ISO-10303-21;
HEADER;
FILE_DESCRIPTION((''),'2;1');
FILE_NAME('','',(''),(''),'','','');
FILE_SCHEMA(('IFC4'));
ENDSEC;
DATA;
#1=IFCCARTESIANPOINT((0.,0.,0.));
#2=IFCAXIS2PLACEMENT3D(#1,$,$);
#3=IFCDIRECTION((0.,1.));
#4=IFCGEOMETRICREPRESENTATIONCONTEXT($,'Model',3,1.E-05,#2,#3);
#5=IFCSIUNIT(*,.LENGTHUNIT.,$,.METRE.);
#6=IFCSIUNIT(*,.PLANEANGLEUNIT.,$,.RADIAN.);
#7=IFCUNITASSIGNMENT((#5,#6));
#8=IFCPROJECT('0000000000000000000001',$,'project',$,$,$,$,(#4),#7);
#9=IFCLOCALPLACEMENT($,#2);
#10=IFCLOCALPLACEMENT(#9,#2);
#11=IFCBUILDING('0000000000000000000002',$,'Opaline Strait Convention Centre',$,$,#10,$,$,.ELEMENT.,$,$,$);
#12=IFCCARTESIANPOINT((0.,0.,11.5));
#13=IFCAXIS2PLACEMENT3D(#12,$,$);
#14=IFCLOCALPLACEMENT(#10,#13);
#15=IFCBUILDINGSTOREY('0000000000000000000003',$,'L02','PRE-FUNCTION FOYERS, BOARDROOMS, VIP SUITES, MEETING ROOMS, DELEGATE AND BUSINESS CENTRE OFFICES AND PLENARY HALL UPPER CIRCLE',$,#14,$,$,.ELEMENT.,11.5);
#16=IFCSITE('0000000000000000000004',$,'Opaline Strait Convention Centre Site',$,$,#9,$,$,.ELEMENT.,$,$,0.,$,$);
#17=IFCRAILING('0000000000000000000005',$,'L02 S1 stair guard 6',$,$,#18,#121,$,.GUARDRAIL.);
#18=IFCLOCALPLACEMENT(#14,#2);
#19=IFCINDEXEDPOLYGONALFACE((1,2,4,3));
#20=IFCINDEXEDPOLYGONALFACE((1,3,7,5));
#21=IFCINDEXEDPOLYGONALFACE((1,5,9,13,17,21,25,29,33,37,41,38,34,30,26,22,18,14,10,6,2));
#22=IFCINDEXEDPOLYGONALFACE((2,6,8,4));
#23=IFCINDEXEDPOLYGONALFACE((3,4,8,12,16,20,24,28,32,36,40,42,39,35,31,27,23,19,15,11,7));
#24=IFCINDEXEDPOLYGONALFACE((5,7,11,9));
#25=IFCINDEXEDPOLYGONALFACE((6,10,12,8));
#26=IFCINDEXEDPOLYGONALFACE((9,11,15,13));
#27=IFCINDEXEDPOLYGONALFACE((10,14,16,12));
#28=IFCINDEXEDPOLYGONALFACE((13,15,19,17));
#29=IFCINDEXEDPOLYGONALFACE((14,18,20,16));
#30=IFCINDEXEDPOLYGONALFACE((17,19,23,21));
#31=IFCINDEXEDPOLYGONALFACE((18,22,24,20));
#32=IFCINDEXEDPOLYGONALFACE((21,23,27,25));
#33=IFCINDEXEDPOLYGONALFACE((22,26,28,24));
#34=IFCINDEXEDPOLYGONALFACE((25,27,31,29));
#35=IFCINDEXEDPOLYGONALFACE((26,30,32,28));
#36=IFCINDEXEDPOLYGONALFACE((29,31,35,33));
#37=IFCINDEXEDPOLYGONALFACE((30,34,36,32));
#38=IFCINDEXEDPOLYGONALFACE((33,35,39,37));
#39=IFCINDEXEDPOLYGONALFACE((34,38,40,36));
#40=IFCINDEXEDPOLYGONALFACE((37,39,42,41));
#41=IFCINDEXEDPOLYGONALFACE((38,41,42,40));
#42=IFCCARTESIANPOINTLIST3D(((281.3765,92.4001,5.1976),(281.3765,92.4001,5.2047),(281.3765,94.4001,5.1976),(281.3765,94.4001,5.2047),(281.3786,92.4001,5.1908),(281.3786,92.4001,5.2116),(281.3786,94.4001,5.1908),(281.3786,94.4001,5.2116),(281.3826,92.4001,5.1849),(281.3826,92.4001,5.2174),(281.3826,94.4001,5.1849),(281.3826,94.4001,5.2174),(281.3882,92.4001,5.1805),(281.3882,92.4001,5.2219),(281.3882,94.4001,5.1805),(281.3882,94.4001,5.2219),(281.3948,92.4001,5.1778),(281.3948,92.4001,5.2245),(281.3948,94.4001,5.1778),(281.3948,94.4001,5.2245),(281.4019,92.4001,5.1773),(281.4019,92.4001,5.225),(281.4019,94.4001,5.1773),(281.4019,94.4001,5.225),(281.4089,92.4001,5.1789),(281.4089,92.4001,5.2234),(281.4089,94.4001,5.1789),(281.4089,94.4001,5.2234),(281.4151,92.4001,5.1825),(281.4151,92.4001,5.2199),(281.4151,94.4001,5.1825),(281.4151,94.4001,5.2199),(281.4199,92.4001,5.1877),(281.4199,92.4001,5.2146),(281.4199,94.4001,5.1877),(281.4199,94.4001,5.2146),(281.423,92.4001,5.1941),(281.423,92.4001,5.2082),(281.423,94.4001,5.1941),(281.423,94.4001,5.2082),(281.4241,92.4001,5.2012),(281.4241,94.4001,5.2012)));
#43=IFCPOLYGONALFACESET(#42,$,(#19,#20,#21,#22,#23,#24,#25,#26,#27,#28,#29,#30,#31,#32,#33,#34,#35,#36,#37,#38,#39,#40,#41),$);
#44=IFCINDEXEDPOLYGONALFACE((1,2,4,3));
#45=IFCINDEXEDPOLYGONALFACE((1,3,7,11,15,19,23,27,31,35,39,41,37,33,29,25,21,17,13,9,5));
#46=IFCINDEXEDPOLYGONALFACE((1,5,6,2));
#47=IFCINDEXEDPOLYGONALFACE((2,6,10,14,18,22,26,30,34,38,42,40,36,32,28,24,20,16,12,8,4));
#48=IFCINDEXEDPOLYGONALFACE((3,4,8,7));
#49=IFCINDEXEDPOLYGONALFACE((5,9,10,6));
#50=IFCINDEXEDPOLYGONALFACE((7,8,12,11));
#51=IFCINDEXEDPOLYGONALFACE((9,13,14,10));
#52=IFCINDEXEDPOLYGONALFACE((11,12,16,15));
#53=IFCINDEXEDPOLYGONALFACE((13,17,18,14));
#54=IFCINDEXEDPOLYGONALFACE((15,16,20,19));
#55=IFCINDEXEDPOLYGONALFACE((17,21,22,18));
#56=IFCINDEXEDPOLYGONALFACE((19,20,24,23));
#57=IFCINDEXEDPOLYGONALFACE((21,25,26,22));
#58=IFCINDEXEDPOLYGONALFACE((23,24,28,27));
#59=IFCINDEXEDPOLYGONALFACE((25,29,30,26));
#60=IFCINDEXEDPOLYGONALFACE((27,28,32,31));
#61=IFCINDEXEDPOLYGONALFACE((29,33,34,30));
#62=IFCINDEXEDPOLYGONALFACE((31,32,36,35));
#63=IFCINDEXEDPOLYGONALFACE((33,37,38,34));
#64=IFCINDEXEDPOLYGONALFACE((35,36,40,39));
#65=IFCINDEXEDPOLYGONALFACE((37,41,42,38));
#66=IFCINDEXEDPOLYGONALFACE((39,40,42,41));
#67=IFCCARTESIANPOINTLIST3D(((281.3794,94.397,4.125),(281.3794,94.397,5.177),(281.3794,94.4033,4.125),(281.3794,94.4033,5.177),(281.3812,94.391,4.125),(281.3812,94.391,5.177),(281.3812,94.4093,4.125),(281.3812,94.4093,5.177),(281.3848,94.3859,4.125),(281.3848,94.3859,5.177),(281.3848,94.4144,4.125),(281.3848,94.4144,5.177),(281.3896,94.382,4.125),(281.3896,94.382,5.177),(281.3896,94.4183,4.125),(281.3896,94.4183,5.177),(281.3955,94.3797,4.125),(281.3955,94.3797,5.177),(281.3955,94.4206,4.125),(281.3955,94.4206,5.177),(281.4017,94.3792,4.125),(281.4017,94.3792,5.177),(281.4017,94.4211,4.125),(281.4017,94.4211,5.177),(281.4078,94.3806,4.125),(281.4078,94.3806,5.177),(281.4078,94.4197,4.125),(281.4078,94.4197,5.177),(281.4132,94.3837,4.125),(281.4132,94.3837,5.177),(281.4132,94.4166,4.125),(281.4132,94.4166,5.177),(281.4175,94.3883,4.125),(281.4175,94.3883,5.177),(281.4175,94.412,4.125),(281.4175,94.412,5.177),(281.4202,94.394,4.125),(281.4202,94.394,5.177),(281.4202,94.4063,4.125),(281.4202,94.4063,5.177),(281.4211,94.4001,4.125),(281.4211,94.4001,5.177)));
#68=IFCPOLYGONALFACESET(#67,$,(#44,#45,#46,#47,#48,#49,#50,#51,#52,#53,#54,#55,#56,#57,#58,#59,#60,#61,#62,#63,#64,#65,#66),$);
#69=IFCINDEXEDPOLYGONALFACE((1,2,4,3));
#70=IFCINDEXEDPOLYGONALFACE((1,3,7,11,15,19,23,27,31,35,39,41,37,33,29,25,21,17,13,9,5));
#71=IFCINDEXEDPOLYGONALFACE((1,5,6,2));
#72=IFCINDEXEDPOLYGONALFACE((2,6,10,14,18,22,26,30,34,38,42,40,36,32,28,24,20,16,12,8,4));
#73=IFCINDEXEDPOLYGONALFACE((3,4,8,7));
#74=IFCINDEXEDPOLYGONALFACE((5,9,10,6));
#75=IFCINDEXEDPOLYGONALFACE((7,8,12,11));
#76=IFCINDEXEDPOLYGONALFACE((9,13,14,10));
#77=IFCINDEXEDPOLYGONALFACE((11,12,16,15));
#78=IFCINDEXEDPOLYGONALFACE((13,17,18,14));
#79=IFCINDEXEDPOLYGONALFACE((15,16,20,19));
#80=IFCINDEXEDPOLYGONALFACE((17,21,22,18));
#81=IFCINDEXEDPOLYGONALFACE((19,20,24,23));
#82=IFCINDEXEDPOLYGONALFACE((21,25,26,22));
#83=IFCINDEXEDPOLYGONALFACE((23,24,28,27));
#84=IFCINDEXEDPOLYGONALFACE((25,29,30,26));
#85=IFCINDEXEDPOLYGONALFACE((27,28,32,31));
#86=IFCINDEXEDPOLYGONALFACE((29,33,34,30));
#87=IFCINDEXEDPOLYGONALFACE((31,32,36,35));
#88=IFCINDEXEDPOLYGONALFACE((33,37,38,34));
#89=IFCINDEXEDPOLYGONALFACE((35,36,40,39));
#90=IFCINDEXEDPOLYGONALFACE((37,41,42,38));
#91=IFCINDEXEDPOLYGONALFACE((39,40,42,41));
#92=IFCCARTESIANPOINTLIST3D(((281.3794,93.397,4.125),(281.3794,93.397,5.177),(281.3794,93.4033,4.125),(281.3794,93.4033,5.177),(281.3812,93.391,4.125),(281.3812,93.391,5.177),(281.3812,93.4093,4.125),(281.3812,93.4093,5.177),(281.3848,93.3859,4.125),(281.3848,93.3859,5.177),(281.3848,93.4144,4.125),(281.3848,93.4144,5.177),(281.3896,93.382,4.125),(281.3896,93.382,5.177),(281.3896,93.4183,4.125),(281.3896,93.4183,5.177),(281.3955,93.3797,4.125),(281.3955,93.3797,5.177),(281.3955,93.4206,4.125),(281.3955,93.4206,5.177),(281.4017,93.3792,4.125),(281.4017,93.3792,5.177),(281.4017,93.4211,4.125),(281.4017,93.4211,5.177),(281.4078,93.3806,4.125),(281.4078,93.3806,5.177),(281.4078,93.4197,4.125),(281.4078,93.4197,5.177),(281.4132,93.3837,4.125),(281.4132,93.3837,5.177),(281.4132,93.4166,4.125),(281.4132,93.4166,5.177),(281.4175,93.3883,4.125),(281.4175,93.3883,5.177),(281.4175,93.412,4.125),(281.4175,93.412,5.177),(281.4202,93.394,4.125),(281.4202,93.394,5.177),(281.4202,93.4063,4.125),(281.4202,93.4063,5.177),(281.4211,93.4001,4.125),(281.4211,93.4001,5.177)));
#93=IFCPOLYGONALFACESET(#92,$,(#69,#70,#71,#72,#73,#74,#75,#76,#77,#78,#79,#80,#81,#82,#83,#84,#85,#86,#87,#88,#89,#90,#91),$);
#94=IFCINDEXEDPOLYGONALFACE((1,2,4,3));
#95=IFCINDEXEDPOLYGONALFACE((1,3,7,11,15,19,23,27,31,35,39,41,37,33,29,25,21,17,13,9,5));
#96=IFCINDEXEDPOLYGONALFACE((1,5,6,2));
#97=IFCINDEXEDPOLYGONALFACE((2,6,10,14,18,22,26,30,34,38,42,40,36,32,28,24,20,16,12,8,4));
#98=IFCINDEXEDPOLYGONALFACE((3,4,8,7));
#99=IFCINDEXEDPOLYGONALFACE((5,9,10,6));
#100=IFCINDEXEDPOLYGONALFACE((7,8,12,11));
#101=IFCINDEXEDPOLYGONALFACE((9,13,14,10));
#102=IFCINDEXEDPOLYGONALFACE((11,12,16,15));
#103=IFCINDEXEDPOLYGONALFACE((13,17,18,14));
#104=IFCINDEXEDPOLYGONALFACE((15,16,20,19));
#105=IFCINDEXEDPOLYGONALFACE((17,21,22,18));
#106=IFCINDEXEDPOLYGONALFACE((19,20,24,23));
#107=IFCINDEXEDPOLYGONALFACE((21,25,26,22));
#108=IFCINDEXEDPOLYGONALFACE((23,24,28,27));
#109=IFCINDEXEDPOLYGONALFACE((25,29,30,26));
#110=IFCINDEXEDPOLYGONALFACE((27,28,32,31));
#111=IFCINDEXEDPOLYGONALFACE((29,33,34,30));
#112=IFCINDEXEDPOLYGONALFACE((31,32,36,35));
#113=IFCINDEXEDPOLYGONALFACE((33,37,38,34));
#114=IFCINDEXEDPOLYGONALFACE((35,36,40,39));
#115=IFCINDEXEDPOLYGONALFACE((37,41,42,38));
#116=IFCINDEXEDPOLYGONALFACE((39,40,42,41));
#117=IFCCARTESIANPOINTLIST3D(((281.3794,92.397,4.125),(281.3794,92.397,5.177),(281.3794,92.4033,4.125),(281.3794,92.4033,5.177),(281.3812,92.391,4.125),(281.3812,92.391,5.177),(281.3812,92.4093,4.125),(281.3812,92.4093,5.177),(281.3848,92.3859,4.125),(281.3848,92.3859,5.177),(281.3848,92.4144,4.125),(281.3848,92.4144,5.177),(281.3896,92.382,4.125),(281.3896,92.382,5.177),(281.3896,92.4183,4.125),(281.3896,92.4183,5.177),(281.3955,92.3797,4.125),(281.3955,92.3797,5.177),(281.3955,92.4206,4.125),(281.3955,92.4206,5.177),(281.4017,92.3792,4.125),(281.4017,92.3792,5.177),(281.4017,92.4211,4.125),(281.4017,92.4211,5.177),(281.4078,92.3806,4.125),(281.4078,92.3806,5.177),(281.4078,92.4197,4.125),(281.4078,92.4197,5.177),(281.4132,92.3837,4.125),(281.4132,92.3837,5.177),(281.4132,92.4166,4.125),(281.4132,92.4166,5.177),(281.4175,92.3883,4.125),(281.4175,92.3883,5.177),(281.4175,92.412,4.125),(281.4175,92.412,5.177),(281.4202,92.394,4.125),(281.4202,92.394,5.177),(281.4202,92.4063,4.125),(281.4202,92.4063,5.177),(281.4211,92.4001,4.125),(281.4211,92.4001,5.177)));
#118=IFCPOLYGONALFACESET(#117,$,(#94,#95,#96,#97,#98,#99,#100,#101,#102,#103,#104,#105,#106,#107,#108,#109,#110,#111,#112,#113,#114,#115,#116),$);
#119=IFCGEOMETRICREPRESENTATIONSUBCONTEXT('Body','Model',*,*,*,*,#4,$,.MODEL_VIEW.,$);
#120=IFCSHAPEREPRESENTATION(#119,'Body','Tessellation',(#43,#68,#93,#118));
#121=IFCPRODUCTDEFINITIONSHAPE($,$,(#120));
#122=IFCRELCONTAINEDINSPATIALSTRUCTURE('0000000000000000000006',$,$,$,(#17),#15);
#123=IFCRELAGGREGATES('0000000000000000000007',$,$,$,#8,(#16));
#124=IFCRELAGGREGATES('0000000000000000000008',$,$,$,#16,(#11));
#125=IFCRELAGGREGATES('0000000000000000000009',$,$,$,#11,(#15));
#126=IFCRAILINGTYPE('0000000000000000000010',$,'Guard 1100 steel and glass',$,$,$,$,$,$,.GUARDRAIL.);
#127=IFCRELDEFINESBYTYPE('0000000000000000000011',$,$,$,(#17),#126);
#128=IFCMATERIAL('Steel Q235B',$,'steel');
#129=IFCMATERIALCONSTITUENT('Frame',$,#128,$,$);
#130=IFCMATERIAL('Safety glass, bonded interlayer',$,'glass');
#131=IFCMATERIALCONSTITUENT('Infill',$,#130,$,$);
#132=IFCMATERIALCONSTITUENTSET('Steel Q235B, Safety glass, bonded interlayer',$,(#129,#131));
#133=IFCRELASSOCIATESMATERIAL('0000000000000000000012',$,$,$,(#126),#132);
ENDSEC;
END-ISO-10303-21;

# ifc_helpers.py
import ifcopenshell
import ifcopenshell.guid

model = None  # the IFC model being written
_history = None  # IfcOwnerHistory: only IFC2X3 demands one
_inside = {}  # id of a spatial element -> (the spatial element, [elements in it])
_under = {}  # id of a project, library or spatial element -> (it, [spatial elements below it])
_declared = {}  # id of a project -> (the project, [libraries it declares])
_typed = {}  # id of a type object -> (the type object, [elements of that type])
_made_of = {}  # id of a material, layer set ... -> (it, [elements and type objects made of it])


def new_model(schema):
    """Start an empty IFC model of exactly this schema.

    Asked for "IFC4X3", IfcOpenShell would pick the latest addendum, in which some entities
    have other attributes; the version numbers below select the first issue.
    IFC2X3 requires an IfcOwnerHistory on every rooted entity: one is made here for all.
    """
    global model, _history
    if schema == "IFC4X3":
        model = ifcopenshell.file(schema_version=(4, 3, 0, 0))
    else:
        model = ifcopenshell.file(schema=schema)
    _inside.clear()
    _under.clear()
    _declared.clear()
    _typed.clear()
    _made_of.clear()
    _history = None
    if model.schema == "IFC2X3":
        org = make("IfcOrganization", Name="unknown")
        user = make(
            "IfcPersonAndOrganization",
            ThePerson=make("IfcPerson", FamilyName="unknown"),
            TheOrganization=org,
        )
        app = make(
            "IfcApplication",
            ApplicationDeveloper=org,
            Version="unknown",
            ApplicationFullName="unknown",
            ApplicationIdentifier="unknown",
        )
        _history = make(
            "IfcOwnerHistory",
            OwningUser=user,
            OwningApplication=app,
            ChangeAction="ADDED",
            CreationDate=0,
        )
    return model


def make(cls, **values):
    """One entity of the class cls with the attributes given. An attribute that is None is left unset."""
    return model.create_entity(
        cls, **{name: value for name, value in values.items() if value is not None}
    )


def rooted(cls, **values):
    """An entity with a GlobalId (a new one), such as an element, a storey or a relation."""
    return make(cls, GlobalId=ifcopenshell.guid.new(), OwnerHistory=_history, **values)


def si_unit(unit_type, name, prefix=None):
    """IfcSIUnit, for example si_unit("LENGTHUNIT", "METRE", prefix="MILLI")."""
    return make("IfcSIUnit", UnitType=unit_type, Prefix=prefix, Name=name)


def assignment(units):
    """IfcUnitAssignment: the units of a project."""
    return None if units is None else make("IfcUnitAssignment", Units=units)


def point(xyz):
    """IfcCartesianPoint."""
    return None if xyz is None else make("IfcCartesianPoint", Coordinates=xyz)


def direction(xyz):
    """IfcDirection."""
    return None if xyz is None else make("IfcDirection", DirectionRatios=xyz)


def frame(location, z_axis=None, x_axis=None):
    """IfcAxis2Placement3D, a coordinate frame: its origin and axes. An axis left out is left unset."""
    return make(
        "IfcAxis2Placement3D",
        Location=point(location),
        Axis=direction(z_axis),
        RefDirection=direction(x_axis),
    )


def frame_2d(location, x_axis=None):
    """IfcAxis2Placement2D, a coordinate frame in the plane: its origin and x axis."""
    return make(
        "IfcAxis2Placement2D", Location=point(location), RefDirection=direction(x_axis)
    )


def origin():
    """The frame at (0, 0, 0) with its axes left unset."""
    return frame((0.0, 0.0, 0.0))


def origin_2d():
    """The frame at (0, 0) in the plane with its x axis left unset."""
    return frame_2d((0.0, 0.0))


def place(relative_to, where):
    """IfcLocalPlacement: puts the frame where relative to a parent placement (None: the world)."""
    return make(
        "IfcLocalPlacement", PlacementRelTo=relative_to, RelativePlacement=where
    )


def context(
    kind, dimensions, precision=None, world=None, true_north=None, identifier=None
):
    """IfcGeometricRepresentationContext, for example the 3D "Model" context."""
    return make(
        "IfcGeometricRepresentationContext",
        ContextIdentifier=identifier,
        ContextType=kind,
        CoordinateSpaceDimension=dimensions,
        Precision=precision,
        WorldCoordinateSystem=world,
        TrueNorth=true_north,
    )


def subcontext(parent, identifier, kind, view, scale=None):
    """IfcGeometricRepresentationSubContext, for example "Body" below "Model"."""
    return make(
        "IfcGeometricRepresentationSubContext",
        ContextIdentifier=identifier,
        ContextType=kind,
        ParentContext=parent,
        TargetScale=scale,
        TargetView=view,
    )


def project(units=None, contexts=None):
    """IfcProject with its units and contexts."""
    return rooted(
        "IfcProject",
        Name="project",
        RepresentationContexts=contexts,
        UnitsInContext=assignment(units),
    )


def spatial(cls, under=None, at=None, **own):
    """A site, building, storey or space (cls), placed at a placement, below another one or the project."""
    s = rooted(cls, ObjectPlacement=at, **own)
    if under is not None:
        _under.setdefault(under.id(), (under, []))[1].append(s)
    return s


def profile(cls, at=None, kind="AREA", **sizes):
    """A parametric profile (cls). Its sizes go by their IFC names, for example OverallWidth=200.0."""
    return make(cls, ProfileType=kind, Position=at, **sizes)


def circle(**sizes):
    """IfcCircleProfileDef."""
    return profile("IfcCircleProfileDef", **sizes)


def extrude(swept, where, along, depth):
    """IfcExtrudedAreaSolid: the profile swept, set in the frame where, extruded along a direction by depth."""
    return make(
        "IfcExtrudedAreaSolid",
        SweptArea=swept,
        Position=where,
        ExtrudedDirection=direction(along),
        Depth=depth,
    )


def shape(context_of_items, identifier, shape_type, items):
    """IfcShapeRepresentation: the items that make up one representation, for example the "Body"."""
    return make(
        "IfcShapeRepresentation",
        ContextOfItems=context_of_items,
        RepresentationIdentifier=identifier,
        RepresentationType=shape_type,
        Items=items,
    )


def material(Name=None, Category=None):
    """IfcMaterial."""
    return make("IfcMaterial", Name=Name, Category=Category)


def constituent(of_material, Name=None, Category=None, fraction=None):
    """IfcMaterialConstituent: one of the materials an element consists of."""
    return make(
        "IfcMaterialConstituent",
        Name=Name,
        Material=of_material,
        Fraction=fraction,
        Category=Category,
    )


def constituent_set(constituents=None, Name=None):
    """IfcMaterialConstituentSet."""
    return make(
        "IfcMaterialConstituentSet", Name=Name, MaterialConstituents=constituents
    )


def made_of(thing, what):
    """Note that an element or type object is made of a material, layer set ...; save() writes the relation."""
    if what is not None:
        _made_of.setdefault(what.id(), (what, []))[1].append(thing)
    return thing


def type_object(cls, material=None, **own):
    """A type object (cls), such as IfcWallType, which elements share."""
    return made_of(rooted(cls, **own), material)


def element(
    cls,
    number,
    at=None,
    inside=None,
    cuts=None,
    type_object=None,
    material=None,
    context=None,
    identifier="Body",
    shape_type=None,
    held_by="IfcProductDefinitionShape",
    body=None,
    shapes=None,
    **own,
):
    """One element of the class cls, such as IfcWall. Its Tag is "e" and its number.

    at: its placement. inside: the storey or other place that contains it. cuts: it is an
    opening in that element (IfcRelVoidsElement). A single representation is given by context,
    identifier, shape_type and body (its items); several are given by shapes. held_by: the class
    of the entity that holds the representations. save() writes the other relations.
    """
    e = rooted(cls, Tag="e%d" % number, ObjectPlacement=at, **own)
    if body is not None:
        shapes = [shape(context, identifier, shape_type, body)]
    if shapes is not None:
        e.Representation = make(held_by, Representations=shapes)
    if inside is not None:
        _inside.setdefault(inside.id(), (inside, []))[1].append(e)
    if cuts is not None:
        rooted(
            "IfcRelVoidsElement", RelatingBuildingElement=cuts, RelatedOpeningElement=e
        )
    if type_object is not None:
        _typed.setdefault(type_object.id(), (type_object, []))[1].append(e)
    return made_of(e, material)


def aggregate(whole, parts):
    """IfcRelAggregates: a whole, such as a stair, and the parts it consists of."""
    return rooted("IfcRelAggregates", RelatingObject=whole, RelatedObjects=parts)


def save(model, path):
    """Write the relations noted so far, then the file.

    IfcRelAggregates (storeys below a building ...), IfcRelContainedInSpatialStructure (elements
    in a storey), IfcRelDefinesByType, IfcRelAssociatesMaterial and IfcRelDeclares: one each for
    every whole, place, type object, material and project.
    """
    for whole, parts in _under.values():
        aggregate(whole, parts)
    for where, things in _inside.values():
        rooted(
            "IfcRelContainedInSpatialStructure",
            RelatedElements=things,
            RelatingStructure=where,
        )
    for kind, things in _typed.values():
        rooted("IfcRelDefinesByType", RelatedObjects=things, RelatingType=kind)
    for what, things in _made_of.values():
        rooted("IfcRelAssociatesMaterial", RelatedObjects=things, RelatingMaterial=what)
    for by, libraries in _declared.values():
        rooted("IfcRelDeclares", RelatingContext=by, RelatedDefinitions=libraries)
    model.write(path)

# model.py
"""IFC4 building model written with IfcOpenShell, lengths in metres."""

from ifc_helpers import new_model, si_unit, direction, frame, origin, origin_2d, place, context, subcontext, project, spatial, circle, extrude, material, constituent, constituent_set, type_object, element, save


model = new_model("IFC4")

# Units and contexts
model_context = context("Model", 3, precision=1e-05, world=origin(), true_north=direction((0.0, 1.0)))
body_context = subcontext(model_context, "Body", "Model", "MODEL_VIEW")
ifc_project = project(units=[si_unit("LENGTHUNIT", "METRE"), si_unit("PLANEANGLEUNIT", "RADIAN")], contexts=[model_context])

# Site, building, storey
site_placement = place(None, origin())
site = spatial("IfcSite", under=ifc_project, at=site_placement, Name="Opaline Strait Convention Centre Site", CompositionType="ELEMENT", RefElevation=0.0)
building_placement = place(site_placement, origin())
building = spatial("IfcBuilding", under=site, at=building_placement, Name="Opaline Strait Convention Centre", CompositionType="ELEMENT")
storey_placement = place(building_placement, frame((0.0, 0.0, 11.5)))
storey = spatial("IfcBuildingStorey", under=building, at=storey_placement, Name="L02", Description="PRE-FUNCTION FOYERS, BOARDROOMS, VIP SUITES, MEETING ROOMS, DELEGATE AND BUSINESS CENTRE OFFICES AND PLENARY HALL UPPER CIRCLE", CompositionType="ELEMENT", Elevation=11.5)

# Railing
ifc_material_1 = material(Name="Steel Q235B", Category="steel")
ifc_constituent_1 = constituent(ifc_material_1, Name="Frame")
ifc_material_2 = material(Name="Safety glass, bonded interlayer", Category="glass")
ifc_constituent_2 = constituent(ifc_material_2, Name="Infill")
ifc_constituent_set = constituent_set(constituents=[ifc_constituent_1, ifc_constituent_2], Name="Steel Q235B, Safety glass, bonded interlayer")
railing_type = type_object("IfcRailingType", Name="Guard 1100 steel and glass", PredefinedType="GUARDRAIL", material=ifc_constituent_set)
railing_1_placement = place(storey_placement, frame((281.4001, 94.4001, 4.125)))
element("IfcRailing", 1, at=railing_1_placement, inside=storey, type_object=railing_type, Name="L02 S1 stair guard 6", PredefinedType="GUARDRAIL", context=body_context, shape_type="SweptSolid", body=[
    extrude(circle(Radius=0.0239, at=origin_2d()), frame((0.0, 0.0, 1.0762), z_axis=(0.0, -1.0, 0.0), x_axis=(1.0, 0.0, 0.0)), (0.0, 0.0, 1.0), 2.0),
    extrude(circle(Radius=0.021, at=origin_2d()), origin(), (0.0, 0.0, 1.0), 1.052),
    extrude(circle(Radius=0.021, at=origin_2d()), frame((0.0, -1.0, 0.0)), (0.0, 0.0, 1.0), 1.052),
    extrude(circle(Radius=0.021, at=origin_2d()), frame((0.0, -2.0, 0.0)), (0.0, 0.0, 1.0), 1.052),
])

save(model, "model.ifc")
